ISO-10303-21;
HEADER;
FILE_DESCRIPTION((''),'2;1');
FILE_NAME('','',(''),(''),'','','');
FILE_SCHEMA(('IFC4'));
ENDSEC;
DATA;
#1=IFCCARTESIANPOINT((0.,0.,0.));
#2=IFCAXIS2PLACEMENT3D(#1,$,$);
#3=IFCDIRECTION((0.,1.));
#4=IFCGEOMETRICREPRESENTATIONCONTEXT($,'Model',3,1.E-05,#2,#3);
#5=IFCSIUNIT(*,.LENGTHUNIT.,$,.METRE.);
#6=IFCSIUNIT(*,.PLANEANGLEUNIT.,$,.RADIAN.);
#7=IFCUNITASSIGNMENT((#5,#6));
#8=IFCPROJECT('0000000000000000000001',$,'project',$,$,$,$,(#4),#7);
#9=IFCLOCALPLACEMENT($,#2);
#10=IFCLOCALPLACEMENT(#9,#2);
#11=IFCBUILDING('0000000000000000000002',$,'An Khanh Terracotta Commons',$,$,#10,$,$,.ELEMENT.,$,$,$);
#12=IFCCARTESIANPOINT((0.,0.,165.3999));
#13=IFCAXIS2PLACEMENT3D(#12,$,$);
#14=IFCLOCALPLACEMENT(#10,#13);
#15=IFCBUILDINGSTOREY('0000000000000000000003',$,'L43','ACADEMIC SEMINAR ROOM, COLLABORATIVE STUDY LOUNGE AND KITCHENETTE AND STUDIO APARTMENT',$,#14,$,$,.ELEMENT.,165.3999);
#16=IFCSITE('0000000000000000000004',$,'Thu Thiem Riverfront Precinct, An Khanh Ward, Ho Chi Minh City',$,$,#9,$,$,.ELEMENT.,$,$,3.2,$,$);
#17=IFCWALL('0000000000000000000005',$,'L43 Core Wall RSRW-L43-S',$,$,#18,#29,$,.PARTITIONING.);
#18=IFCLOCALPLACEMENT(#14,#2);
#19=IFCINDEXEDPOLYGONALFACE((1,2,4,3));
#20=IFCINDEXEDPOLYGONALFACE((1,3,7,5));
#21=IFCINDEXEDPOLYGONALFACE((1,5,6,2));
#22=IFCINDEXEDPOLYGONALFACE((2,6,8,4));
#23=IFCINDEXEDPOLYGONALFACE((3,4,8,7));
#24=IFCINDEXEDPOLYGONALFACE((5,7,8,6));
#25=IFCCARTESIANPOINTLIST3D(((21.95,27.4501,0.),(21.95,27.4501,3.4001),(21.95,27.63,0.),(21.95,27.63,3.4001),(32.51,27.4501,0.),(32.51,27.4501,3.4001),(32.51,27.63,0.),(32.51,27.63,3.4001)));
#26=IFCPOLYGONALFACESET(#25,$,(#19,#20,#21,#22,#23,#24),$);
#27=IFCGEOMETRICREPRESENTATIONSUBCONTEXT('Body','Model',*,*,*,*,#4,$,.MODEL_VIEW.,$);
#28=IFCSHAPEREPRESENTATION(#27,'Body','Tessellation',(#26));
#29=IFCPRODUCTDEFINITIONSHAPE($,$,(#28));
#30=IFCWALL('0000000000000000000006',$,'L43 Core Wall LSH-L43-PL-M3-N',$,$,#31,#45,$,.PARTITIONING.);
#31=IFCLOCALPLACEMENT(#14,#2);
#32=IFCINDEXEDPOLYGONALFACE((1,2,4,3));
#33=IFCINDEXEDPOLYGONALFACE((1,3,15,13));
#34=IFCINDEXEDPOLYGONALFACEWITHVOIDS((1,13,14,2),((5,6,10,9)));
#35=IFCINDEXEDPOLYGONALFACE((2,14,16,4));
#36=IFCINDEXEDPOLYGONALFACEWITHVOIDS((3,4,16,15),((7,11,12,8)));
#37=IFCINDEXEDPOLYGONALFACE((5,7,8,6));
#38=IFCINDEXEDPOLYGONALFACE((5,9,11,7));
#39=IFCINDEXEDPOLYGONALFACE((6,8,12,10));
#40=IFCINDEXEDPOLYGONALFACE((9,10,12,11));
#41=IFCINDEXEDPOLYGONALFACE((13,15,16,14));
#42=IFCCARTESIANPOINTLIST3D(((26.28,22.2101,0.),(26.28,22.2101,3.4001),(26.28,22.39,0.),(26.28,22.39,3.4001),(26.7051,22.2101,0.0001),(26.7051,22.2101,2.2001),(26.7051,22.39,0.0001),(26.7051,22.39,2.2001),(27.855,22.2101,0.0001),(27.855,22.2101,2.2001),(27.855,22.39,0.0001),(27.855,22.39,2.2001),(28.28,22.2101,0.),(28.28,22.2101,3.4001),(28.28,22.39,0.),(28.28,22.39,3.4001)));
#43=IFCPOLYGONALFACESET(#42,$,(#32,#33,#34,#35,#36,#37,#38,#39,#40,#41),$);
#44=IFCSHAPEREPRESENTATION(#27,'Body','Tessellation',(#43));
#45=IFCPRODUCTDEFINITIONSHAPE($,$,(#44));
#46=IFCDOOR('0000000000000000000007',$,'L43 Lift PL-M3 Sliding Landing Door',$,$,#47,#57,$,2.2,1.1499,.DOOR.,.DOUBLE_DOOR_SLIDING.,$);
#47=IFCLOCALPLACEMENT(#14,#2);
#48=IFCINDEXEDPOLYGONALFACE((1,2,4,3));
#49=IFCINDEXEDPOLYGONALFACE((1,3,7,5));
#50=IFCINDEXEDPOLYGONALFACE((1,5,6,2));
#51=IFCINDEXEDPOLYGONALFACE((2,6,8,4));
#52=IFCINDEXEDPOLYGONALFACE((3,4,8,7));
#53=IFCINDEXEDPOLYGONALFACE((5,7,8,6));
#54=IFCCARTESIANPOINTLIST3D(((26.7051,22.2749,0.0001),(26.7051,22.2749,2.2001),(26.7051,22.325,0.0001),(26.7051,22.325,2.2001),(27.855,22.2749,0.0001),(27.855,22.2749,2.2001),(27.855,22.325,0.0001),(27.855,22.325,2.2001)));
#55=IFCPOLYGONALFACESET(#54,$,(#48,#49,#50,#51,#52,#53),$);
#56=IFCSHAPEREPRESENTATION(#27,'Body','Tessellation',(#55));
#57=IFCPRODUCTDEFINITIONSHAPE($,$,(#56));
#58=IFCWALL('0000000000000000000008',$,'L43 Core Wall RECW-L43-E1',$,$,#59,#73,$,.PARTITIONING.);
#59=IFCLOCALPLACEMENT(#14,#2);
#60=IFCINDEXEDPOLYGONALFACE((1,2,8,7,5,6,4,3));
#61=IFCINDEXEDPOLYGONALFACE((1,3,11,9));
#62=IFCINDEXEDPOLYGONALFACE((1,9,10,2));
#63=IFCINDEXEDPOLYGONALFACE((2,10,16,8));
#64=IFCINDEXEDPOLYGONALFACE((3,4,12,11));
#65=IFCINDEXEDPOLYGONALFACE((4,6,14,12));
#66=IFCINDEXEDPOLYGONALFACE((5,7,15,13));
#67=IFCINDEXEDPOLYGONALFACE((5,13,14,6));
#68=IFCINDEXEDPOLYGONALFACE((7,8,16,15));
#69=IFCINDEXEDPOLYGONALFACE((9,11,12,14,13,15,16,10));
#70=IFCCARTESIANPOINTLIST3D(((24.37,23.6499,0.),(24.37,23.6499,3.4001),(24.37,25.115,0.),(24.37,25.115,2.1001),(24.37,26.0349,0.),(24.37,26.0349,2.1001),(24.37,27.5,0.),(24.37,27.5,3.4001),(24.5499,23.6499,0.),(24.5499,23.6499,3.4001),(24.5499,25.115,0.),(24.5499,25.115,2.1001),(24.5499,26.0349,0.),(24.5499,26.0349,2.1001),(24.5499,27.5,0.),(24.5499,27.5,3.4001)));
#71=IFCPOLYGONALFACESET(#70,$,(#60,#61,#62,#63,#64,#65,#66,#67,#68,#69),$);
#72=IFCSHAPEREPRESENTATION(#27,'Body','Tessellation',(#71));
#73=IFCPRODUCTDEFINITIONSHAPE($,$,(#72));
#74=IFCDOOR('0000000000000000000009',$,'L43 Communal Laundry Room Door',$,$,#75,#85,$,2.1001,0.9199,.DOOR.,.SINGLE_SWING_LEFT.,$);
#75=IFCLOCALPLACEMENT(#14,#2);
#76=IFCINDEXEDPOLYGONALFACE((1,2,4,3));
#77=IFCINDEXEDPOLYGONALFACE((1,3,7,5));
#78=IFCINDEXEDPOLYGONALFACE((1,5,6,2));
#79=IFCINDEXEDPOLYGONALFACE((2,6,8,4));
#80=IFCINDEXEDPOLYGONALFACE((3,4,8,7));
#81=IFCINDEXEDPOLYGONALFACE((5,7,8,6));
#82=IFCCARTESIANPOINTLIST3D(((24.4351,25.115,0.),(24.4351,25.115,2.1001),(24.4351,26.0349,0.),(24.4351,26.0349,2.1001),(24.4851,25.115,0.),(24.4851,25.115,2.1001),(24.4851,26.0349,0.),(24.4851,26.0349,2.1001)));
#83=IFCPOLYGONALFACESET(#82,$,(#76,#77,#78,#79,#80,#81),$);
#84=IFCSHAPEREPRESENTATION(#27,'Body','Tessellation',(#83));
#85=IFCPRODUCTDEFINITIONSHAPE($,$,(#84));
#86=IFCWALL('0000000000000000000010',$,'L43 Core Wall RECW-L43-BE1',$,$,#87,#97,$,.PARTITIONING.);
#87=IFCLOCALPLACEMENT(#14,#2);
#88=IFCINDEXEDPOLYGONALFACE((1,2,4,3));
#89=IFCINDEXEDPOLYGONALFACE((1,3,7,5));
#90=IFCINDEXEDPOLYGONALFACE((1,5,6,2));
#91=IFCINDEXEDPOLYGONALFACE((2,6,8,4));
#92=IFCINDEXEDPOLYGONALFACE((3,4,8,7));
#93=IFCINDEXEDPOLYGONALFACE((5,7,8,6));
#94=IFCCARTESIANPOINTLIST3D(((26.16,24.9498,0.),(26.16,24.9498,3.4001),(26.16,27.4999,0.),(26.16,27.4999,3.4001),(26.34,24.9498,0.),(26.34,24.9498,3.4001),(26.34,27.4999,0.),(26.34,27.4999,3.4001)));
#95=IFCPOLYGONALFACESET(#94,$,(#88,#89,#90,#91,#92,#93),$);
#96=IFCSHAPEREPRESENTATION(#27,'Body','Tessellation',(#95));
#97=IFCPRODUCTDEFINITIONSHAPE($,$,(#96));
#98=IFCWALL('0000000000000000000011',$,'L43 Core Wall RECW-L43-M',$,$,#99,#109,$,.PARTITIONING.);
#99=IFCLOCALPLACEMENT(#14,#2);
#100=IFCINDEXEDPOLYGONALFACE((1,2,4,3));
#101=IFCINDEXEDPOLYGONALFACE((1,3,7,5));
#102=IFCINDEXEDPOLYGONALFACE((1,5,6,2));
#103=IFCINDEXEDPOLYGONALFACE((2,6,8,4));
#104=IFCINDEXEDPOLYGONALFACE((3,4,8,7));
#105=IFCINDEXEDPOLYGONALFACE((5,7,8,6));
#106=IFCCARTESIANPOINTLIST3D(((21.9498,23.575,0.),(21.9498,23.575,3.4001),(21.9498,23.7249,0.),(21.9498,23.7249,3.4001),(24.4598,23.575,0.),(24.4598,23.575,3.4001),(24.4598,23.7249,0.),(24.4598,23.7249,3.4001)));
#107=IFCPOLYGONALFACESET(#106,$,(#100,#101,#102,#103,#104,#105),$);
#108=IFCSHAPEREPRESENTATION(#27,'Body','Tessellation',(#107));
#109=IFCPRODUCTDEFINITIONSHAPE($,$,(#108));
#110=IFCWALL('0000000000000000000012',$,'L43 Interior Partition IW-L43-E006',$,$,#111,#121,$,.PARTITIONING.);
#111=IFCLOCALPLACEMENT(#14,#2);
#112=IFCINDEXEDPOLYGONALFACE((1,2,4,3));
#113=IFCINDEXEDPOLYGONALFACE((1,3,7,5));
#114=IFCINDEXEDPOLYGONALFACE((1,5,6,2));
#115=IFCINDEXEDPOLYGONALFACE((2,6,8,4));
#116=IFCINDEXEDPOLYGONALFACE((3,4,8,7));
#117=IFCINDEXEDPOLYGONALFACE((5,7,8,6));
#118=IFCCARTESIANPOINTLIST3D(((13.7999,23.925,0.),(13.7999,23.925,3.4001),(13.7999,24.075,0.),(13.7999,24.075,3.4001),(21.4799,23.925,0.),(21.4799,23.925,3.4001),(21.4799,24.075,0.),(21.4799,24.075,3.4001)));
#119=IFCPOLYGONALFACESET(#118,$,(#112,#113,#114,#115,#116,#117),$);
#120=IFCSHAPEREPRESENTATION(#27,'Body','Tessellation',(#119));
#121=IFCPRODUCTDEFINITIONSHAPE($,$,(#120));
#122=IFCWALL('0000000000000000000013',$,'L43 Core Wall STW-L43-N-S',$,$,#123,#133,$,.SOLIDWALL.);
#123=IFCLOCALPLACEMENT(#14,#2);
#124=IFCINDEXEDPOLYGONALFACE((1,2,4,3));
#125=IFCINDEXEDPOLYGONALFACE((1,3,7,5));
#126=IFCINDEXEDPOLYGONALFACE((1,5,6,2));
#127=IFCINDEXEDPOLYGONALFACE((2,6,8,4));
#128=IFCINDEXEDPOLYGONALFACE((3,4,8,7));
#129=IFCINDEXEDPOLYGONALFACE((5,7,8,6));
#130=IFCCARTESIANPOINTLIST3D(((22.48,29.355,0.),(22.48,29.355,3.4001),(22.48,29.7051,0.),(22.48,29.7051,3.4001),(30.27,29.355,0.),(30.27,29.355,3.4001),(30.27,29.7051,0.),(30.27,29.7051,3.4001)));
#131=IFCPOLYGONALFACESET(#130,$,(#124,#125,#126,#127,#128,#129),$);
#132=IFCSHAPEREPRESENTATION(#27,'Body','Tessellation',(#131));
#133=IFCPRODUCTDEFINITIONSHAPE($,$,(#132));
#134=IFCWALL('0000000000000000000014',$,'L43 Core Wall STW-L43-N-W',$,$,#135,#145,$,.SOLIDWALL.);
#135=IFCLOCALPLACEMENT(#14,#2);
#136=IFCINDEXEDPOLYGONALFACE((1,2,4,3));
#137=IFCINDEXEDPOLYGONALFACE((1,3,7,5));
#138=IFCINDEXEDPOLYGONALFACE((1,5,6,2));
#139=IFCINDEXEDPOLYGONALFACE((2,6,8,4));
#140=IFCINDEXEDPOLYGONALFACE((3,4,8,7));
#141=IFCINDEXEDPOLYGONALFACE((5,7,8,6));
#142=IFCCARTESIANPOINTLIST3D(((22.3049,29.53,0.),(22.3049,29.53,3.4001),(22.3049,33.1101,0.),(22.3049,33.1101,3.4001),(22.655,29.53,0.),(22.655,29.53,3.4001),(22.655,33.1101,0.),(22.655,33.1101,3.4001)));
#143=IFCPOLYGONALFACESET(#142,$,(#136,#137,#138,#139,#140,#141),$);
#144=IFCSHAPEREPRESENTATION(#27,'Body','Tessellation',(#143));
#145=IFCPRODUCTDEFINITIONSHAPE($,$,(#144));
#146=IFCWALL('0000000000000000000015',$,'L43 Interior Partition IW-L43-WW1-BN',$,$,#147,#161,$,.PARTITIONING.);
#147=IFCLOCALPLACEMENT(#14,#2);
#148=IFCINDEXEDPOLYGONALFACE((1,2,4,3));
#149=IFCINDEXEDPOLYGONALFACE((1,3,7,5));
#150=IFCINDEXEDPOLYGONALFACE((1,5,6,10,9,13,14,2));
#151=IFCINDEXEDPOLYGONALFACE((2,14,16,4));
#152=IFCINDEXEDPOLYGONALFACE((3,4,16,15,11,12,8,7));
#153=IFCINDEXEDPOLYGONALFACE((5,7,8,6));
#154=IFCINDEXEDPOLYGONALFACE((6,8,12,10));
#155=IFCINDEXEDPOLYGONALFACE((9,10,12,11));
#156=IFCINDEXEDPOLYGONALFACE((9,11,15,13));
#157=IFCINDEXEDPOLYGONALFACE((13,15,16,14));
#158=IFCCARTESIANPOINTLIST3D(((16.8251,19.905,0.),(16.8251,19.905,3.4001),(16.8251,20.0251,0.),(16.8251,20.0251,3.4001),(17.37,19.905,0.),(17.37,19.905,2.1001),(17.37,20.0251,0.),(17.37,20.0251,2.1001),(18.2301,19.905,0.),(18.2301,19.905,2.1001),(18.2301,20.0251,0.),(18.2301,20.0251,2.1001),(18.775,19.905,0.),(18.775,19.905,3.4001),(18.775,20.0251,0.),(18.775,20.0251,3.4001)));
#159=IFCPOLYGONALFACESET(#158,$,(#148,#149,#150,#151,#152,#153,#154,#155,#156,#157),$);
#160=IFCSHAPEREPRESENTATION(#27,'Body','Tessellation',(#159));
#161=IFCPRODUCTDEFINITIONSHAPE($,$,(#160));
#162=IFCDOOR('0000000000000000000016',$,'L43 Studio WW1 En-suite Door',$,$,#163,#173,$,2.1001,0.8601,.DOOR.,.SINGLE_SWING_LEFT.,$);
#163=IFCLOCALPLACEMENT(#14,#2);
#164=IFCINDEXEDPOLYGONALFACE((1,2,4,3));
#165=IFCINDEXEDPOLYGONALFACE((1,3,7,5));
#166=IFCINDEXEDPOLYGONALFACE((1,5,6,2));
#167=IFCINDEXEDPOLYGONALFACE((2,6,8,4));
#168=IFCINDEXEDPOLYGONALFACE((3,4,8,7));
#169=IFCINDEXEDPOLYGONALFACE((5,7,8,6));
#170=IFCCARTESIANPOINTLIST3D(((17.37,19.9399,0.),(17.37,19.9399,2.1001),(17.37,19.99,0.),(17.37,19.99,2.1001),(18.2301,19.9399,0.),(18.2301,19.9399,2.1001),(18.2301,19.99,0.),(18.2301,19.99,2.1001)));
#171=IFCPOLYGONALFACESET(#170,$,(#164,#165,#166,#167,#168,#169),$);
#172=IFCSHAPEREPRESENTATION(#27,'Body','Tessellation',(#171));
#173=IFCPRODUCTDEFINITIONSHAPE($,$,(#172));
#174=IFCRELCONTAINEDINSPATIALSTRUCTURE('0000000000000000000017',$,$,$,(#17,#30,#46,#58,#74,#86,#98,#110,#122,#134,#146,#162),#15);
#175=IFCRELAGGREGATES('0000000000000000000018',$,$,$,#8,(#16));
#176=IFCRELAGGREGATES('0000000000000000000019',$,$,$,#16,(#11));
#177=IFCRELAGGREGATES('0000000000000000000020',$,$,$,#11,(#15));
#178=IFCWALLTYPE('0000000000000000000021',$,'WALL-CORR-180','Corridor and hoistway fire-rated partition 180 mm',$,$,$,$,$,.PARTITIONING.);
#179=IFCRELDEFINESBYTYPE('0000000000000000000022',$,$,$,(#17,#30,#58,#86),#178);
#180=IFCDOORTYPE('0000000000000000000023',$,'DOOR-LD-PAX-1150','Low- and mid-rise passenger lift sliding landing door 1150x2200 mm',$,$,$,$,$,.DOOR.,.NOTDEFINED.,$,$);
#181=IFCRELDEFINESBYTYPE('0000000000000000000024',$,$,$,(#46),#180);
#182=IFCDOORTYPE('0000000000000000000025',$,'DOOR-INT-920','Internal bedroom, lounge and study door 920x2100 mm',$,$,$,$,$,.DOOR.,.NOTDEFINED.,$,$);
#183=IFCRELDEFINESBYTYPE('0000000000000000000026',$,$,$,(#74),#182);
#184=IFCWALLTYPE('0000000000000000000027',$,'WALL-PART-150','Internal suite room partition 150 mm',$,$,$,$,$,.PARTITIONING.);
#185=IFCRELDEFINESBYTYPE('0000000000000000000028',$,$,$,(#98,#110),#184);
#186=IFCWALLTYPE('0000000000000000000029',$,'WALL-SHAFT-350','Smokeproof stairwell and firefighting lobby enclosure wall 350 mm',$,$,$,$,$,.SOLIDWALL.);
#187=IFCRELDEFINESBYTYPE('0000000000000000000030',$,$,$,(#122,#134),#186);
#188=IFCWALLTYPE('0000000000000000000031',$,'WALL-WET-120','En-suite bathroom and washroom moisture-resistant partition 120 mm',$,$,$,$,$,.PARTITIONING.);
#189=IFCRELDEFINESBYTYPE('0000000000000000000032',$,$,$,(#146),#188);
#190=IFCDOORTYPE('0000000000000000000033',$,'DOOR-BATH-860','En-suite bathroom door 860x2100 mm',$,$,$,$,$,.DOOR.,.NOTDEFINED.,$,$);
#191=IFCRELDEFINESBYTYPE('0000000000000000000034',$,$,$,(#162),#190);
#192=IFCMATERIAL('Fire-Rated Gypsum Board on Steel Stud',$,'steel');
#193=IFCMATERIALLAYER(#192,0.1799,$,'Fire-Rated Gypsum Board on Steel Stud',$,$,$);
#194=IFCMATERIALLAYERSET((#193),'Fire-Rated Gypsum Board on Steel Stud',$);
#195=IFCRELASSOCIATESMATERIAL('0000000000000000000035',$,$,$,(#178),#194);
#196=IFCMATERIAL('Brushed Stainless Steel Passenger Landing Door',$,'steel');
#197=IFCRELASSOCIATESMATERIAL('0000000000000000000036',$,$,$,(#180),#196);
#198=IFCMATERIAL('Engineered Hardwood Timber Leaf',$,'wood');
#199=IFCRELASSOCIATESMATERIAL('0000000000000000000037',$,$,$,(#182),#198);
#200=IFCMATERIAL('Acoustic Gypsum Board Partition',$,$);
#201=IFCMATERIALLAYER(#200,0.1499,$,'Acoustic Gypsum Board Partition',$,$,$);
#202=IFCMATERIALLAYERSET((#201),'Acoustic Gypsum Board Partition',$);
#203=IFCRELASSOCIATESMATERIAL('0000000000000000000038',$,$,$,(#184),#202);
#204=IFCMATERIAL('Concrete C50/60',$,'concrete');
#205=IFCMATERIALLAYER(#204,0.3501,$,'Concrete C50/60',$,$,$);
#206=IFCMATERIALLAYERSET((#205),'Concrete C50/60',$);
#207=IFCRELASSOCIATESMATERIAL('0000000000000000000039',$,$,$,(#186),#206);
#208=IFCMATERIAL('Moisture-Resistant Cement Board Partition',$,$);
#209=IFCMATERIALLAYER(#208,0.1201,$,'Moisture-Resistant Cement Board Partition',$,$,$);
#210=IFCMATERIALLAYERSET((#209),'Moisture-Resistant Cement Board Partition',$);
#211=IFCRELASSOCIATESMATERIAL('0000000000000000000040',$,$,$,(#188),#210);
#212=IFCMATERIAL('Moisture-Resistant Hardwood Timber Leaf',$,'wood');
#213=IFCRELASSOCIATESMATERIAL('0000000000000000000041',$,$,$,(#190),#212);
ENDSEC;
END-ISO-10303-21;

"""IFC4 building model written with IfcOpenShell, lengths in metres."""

from ifc_helpers import new_model, si_unit, direction, frame, frame_2d, origin, place, context, subcontext, project, spatial, rectangle, extrude, material, layer, layer_set, type_object, element, fill, save


model = new_model("IFC4")

# Units and contexts
model_context = context("Model", 3, precision=1e-05, world=origin(), true_north=direction((0.0, 1.0)))
body_context = subcontext(model_context, "Body", "Model", "MODEL_VIEW")
ifc_project = project(units=[si_unit("LENGTHUNIT", "METRE"), si_unit("PLANEANGLEUNIT", "RADIAN")], contexts=[model_context])

# Site, building, storey
site_placement = place(None, origin())
site = spatial("IfcSite", under=ifc_project, at=site_placement, Name="Thu Thiem Riverfront Precinct, An Khanh Ward, Ho Chi Minh City", CompositionType="ELEMENT", RefElevation=3.2)
building_placement = place(site_placement, origin())
building = spatial("IfcBuilding", under=site, at=building_placement, Name="An Khanh Terracotta Commons", CompositionType="ELEMENT")
storey_placement = place(building_placement, frame((0.0, 0.0, 165.3999)))
storey = spatial("IfcBuildingStorey", under=building, at=storey_placement, Name="L43", Description="ACADEMIC SEMINAR ROOM, COLLABORATIVE STUDY LOUNGE AND KITCHENETTE AND STUDIO APARTMENT", CompositionType="ELEMENT", Elevation=165.3999)

# Wall
ifc_material_1 = material(Name="Fire-Rated Gypsum Board on Steel Stud", Category="steel")
ifc_layer_1 = layer(ifc_material_1, 0.1799, Name="Fire-Rated Gypsum Board on Steel Stud")
ifc_layer_set_1 = layer_set([ifc_layer_1], Name="Fire-Rated Gypsum Board on Steel Stud")
wall_type_1 = type_object("IfcWallType", Name="WALL-CORR-180", Description="Corridor and hoistway fire-rated partition 180 mm", PredefinedType="PARTITIONING", material=ifc_layer_set_1)
wall_1_placement = place(storey_placement, frame((21.95, 27.54, 0.0), z_axis=(0.0, 0.0, 1.0), x_axis=(1.0, 0.0, 0.0)))
element("IfcWall", 1, at=wall_1_placement, inside=storey, type_object=wall_type_1, Name="L43 Core Wall RSRW-L43-S", PredefinedType="PARTITIONING", context=body_context, shape_type="SweptSolid", body=[
    extrude(rectangle(XDim=10.5601, YDim=0.1799, at=frame_2d((5.28, 0.0))), origin(), (0.0, 0.0, 1.0), 3.4001),
])

# Walls, openings, doors
wall_2_placement = place(storey_placement, frame((26.28, 22.3, 0.0), z_axis=(0.0, 0.0, 1.0), x_axis=(1.0, 0.0, 0.0)))
wall_2 = element("IfcWall", 2, at=wall_2_placement, inside=storey, type_object=wall_type_1, Name="L43 Core Wall LSH-L43-PL-M3-N", PredefinedType="PARTITIONING", context=body_context, shape_type="SweptSolid", body=[
    extrude(rectangle(XDim=2.0, YDim=0.1799, at=frame_2d((1.0, 0.0))), origin(), (0.0, 0.0, 1.0), 3.4001),
])
opening_1_placement = place(wall_2_placement, frame((0.425, 0.0, 0.0)))
opening_1 = element("IfcOpeningElement", 3, at=opening_1_placement, cuts=wall_2, PredefinedType="OPENING", context=body_context, shape_type="SweptSolid", body=[
    extrude(rectangle(XDim=1.1499, YDim=2.2, at=frame_2d((0.575, 1.1001))), frame((0.0, 0.0999, 0.0), z_axis=(0.0, -1.0, 0.0), x_axis=(1.0, 0.0, 0.0)), (0.0, 0.0, 1.0), 0.2),
])
ifc_material_2 = material(Name="Brushed Stainless Steel Passenger Landing Door", Category="steel")
door_type_1 = type_object("IfcDoorType", Name="DOOR-LD-PAX-1150", Description="Low- and mid-rise passenger lift sliding landing door 1150x2200 mm", OperationType="NOTDEFINED", PredefinedType="DOOR", material=ifc_material_2)
door_1_placement = place(opening_1_placement, origin())
door_1 = element("IfcDoor", 4, at=door_1_placement, inside=storey, type_object=door_type_1, Name="L43 Lift PL-M3 Sliding Landing Door", OperationType="DOUBLE_DOOR_SLIDING", OverallHeight=2.2, OverallWidth=1.1499, PredefinedType="DOOR", context=body_context, shape_type="SweptSolid", body=[
    extrude(rectangle(XDim=1.1499, YDim=2.2, at=frame_2d((0.575, 1.1001))), frame((0.0, 0.0249, 0.0), z_axis=(0.0, -1.0, 0.0), x_axis=(1.0, 0.0, 0.0)), (0.0, 0.0, 1.0), 0.05),
])
fill(opening_1, door_1)
wall_3_placement = place(storey_placement, frame((24.46, 23.6499, 0.0), z_axis=(0.0, 0.0, 1.0), x_axis=(0.0, 1.0, 0.0)))
wall_3 = element("IfcWall", 5, at=wall_3_placement, inside=storey, type_object=wall_type_1, Name="L43 Core Wall RECW-L43-E1", PredefinedType="PARTITIONING", context=body_context, shape_type="SweptSolid", body=[
    extrude(rectangle(XDim=3.8501, YDim=0.1799, at=frame_2d((1.925, 0.0))), origin(), (0.0, 0.0, 1.0), 3.4001),
])
opening_2_placement = place(wall_3_placement, frame((1.4651, 0.0, 0.0)))
opening_2 = element("IfcOpeningElement", 6, at=opening_2_placement, cuts=wall_3, PredefinedType="OPENING", context=body_context, shape_type="SweptSolid", body=[
    extrude(rectangle(XDim=0.9199, YDim=2.1001, at=frame_2d((0.46, 1.05))), frame((0.0, 0.0999, 0.0), z_axis=(0.0, -1.0, 0.0), x_axis=(1.0, 0.0, 0.0)), (0.0, 0.0, 1.0), 0.2),
])
ifc_material_3 = material(Name="Engineered Hardwood Timber Leaf", Category="wood")
door_type_2 = type_object("IfcDoorType", Name="DOOR-INT-920", Description="Internal bedroom, lounge and study door 920x2100 mm", OperationType="NOTDEFINED", PredefinedType="DOOR", material=ifc_material_3)
door_2_placement = place(opening_2_placement, origin())
door_2 = element("IfcDoor", 7, at=door_2_placement, inside=storey, type_object=door_type_2, Name="L43 Communal Laundry Room Door", OperationType="SINGLE_SWING_LEFT", OverallHeight=2.1001, OverallWidth=0.9199, PredefinedType="DOOR", context=body_context, shape_type="SweptSolid", body=[
    extrude(rectangle(XDim=0.9199, YDim=2.1001, at=frame_2d((0.46, 1.05))), frame((0.0, 0.0249, 0.0), z_axis=(0.0, -1.0, 0.0), x_axis=(1.0, 0.0, 0.0)), (0.0, 0.0, 1.0), 0.05),
])
fill(opening_2, door_2)

# Walls
wall_4_placement = place(storey_placement, frame((26.25, 24.95, 0.0), z_axis=(0.0, 0.0, 1.0), x_axis=(0.0, 1.0, 0.0)))
element("IfcWall", 8, at=wall_4_placement, inside=storey, type_object=wall_type_1, Name="L43 Core Wall RECW-L43-BE1", PredefinedType="PARTITIONING", context=body_context, shape_type="SweptSolid", body=[
    extrude(rectangle(XDim=2.55, YDim=0.1799, at=frame_2d((1.2749, 0.0))), origin(), (0.0, 0.0, 1.0), 3.4001),
])
ifc_material_4 = material(Name="Acoustic Gypsum Board Partition")
ifc_layer_2 = layer(ifc_material_4, 0.1499, Name="Acoustic Gypsum Board Partition")
ifc_layer_set_2 = layer_set([ifc_layer_2], Name="Acoustic Gypsum Board Partition")
wall_type_2 = type_object("IfcWallType", Name="WALL-PART-150", Description="Internal suite room partition 150 mm", PredefinedType="PARTITIONING", material=ifc_layer_set_2)
wall_5_placement = place(storey_placement, frame((21.95, 23.6499, 0.0), z_axis=(0.0, 0.0, 1.0), x_axis=(1.0, 0.0, 0.0)))
element("IfcWall", 9, at=wall_5_placement, inside=storey, type_object=wall_type_2, Name="L43 Core Wall RECW-L43-M", PredefinedType="PARTITIONING", context=body_context, shape_type="SweptSolid", body=[
    extrude(rectangle(XDim=2.51, YDim=0.1499, at=frame_2d((1.2549, 0.0))), origin(), (0.0, 0.0, 1.0), 3.4001),
])
wall_6_placement = place(storey_placement, frame((13.8, 24.0, 0.0), z_axis=(0.0, 0.0, 1.0), x_axis=(1.0, 0.0, 0.0)))
element("IfcWall", 10, at=wall_6_placement, inside=storey, type_object=wall_type_2, Name="L43 Interior Partition IW-L43-E006", PredefinedType="PARTITIONING", context=body_context, shape_type="SweptSolid", body=[
    extrude(rectangle(XDim=7.6799, YDim=0.1499, at=frame_2d((3.8398, 0.0))), origin(), (0.0, 0.0, 1.0), 3.4001),
])
ifc_material_5 = material(Name="Concrete C50/60", Category="concrete")
ifc_layer_3 = layer(ifc_material_5, 0.3501, Name="Concrete C50/60")
ifc_layer_set_3 = layer_set([ifc_layer_3], Name="Concrete C50/60")
wall_type_3 = type_object("IfcWallType", Name="WALL-SHAFT-350", Description="Smokeproof stairwell and firefighting lobby enclosure wall 350 mm", PredefinedType="SOLIDWALL", material=ifc_layer_set_3)
wall_7_placement = place(storey_placement, frame((22.48, 29.53, 0.0), z_axis=(0.0, 0.0, 1.0), x_axis=(1.0, 0.0, 0.0)))
element("IfcWall", 11, at=wall_7_placement, inside=storey, type_object=wall_type_3, Name="L43 Core Wall STW-L43-N-S", PredefinedType="SOLIDWALL", context=body_context, shape_type="SweptSolid", body=[
    extrude(rectangle(XDim=7.79, YDim=0.3501, at=frame_2d((3.895, 0.0))), origin(), (0.0, 0.0, 1.0), 3.4001),
])
wall_8_placement = place(storey_placement, frame((22.48, 29.53, 0.0), z_axis=(0.0, 0.0, 1.0), x_axis=(0.0, 1.0, 0.0)))
element("IfcWall", 12, at=wall_8_placement, inside=storey, type_object=wall_type_3, Name="L43 Core Wall STW-L43-N-W", PredefinedType="SOLIDWALL", context=body_context, shape_type="SweptSolid", body=[
    extrude(rectangle(XDim=3.5801, YDim=0.3501, at=frame_2d((1.79, 0.0))), origin(), (0.0, 0.0, 1.0), 3.4001),
])

# Wall, opening, door
ifc_material_6 = material(Name="Moisture-Resistant Cement Board Partition")
ifc_layer_4 = layer(ifc_material_6, 0.1201, Name="Moisture-Resistant Cement Board Partition")
ifc_layer_set_4 = layer_set([ifc_layer_4], Name="Moisture-Resistant Cement Board Partition")
wall_type_4 = type_object("IfcWallType", Name="WALL-WET-120", Description="En-suite bathroom and washroom moisture-resistant partition 120 mm", PredefinedType="PARTITIONING", material=ifc_layer_set_4)
wall_9_placement = place(storey_placement, frame((16.825, 19.9651, 0.0), z_axis=(0.0, 0.0, 1.0), x_axis=(1.0, 0.0, 0.0)))
wall_9 = element("IfcWall", 13, at=wall_9_placement, inside=storey, type_object=wall_type_4, Name="L43 Interior Partition IW-L43-WW1-BN", PredefinedType="PARTITIONING", context=body_context, shape_type="SweptSolid", body=[
    extrude(rectangle(XDim=1.95, YDim=0.1201, at=frame_2d((0.9751, 0.0))), origin(), (0.0, 0.0, 1.0), 3.4001),
])
opening_3_placement = place(wall_9_placement, frame((0.5449, 0.0, 0.0)))
opening_3 = element("IfcOpeningElement", 14, at=opening_3_placement, cuts=wall_9, PredefinedType="OPENING", context=body_context, shape_type="SweptSolid", body=[
    extrude(rectangle(XDim=0.8601, YDim=2.1001, at=frame_2d((0.4302, 1.05))), frame((0.0, 0.0701, 0.0), z_axis=(0.0, -1.0, 0.0), x_axis=(1.0, 0.0, 0.0)), (0.0, 0.0, 1.0), 0.1401),
])
ifc_material_7 = material(Name="Moisture-Resistant Hardwood Timber Leaf", Category="wood")
door_type_3 = type_object("IfcDoorType", Name="DOOR-BATH-860", Description="En-suite bathroom door 860x2100 mm", OperationType="NOTDEFINED", PredefinedType="DOOR", material=ifc_material_7)
door_3_placement = place(opening_3_placement, origin())
door_3 = element("IfcDoor", 15, at=door_3_placement, inside=storey, type_object=door_type_3, Name="L43 Studio WW1 En-suite Door", OperationType="SINGLE_SWING_LEFT", OverallHeight=2.1001, OverallWidth=0.8601, PredefinedType="DOOR", context=body_context, shape_type="SweptSolid", body=[
    extrude(rectangle(XDim=0.8601, YDim=2.1001, at=frame_2d((0.4302, 1.05))), frame((0.0, 0.0249, 0.0), z_axis=(0.0, -1.0, 0.0), x_axis=(1.0, 0.0, 0.0)), (0.0, 0.0, 1.0), 0.05),
])
fill(opening_3, door_3)

save(model, "model.ifc")
